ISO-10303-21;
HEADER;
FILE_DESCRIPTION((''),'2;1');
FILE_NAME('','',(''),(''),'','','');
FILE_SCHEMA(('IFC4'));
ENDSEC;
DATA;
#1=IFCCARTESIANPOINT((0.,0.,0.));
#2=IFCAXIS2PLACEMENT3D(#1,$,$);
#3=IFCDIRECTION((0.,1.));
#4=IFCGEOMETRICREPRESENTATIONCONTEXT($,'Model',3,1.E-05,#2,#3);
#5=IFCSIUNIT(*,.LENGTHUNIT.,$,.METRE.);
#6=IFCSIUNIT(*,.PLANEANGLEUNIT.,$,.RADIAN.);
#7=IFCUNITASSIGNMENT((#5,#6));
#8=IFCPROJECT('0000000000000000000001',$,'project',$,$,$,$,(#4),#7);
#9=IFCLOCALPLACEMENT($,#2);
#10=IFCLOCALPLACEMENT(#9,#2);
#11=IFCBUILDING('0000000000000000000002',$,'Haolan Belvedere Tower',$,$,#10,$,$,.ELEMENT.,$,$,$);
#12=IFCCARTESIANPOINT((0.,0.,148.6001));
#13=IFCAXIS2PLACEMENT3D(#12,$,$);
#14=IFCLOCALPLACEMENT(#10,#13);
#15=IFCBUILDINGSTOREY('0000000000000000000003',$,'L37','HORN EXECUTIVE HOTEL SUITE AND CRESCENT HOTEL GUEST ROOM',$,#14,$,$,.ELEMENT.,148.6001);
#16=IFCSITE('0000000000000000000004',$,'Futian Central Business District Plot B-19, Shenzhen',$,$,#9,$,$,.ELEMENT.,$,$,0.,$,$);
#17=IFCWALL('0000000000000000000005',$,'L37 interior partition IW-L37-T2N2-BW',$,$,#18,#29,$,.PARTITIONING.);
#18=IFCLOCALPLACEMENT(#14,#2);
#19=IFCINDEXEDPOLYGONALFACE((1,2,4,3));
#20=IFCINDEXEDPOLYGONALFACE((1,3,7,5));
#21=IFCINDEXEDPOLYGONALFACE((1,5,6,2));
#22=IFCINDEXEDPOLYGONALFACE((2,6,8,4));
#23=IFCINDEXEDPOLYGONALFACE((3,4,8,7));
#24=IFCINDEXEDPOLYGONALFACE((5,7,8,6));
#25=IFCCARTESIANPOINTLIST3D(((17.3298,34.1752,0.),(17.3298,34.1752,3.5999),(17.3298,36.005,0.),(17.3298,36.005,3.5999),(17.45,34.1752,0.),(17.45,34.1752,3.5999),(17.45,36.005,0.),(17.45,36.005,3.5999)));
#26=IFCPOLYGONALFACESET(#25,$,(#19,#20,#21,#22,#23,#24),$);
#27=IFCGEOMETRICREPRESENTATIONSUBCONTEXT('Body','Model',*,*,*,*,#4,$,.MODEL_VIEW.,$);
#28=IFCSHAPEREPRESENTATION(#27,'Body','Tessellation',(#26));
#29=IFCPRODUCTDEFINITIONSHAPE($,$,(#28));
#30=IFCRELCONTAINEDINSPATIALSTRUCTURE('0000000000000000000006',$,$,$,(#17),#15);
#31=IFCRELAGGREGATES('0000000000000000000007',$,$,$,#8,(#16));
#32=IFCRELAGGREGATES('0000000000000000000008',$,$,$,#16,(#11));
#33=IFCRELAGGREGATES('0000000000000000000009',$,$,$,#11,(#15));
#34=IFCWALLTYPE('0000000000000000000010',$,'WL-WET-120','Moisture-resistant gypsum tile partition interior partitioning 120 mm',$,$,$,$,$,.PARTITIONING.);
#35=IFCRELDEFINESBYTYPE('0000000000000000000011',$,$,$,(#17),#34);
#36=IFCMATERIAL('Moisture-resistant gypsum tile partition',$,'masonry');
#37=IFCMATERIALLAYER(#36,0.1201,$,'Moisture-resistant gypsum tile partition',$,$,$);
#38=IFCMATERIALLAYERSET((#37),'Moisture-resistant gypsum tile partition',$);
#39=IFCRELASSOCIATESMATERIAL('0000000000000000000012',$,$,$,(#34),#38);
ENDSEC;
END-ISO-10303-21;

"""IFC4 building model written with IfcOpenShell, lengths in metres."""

from ifc_helpers import new_model, si_unit, direction, frame, frame_2d, origin, place, context, subcontext, project, spatial, rectangle, extrude, material, layer, layer_set, type_object, element, save


model = new_model("IFC4")

# Units and contexts
model_context = context("Model", 3, precision=1e-05, world=origin(), true_north=direction((0.0, 1.0)))
body_context = subcontext(model_context, "Body", "Model", "MODEL_VIEW")
ifc_project = project(units=[si_unit("LENGTHUNIT", "METRE"), si_unit("PLANEANGLEUNIT", "RADIAN")], contexts=[model_context])

# Site, building, storey
site_placement = place(None, origin())
site = spatial("IfcSite", under=ifc_project, at=site_placement, Name="Futian Central Business District Plot B-19, Shenzhen", CompositionType="ELEMENT", RefElevation=0.0)
building_placement = place(site_placement, origin())
building = spatial("IfcBuilding", under=site, at=building_placement, Name="Haolan Belvedere Tower", CompositionType="ELEMENT")
storey_placement = place(building_placement, frame((0.0, 0.0, 148.6001)))
storey = spatial("IfcBuildingStorey", under=building, at=storey_placement, Name="L37", Description="HORN EXECUTIVE HOTEL SUITE AND CRESCENT HOTEL GUEST ROOM", CompositionType="ELEMENT", Elevation=148.6001)

# Shared definitions
ifc_material_1 = material(Name="Moisture-resistant gypsum tile partition", Category="masonry")
ifc_layer_1 = layer(ifc_material_1, 0.1201, Name="Moisture-resistant gypsum tile partition")
ifc_layer_set_1 = layer_set([ifc_layer_1], Name="Moisture-resistant gypsum tile partition")
wall_type_1 = type_object("IfcWallType", Name="WL-WET-120", Description="Moisture-resistant gypsum tile partition interior partitioning 120 mm", PredefinedType="PARTITIONING", material=ifc_layer_set_1)

# Wall
wall_1_placement = place(storey_placement, frame((17.3899, 34.175, 0.0), z_axis=(0.0, 0.0, 1.0), x_axis=(0.0, 1.0, 0.0)))
element("IfcWall", 1, at=wall_1_placement, inside=storey, type_object=wall_type_1, Name="L37 interior partition IW-L37-T2N2-BW", PredefinedType="PARTITIONING", context=body_context, shape_type="SweptSolid", body=[
    extrude(rectangle(XDim=1.8298, YDim=0.1201, at=frame_2d((0.915, 0.0))), origin(), (0.0, 0.0, 1.0), 3.5999),
])

save(model, "model.ifc")
